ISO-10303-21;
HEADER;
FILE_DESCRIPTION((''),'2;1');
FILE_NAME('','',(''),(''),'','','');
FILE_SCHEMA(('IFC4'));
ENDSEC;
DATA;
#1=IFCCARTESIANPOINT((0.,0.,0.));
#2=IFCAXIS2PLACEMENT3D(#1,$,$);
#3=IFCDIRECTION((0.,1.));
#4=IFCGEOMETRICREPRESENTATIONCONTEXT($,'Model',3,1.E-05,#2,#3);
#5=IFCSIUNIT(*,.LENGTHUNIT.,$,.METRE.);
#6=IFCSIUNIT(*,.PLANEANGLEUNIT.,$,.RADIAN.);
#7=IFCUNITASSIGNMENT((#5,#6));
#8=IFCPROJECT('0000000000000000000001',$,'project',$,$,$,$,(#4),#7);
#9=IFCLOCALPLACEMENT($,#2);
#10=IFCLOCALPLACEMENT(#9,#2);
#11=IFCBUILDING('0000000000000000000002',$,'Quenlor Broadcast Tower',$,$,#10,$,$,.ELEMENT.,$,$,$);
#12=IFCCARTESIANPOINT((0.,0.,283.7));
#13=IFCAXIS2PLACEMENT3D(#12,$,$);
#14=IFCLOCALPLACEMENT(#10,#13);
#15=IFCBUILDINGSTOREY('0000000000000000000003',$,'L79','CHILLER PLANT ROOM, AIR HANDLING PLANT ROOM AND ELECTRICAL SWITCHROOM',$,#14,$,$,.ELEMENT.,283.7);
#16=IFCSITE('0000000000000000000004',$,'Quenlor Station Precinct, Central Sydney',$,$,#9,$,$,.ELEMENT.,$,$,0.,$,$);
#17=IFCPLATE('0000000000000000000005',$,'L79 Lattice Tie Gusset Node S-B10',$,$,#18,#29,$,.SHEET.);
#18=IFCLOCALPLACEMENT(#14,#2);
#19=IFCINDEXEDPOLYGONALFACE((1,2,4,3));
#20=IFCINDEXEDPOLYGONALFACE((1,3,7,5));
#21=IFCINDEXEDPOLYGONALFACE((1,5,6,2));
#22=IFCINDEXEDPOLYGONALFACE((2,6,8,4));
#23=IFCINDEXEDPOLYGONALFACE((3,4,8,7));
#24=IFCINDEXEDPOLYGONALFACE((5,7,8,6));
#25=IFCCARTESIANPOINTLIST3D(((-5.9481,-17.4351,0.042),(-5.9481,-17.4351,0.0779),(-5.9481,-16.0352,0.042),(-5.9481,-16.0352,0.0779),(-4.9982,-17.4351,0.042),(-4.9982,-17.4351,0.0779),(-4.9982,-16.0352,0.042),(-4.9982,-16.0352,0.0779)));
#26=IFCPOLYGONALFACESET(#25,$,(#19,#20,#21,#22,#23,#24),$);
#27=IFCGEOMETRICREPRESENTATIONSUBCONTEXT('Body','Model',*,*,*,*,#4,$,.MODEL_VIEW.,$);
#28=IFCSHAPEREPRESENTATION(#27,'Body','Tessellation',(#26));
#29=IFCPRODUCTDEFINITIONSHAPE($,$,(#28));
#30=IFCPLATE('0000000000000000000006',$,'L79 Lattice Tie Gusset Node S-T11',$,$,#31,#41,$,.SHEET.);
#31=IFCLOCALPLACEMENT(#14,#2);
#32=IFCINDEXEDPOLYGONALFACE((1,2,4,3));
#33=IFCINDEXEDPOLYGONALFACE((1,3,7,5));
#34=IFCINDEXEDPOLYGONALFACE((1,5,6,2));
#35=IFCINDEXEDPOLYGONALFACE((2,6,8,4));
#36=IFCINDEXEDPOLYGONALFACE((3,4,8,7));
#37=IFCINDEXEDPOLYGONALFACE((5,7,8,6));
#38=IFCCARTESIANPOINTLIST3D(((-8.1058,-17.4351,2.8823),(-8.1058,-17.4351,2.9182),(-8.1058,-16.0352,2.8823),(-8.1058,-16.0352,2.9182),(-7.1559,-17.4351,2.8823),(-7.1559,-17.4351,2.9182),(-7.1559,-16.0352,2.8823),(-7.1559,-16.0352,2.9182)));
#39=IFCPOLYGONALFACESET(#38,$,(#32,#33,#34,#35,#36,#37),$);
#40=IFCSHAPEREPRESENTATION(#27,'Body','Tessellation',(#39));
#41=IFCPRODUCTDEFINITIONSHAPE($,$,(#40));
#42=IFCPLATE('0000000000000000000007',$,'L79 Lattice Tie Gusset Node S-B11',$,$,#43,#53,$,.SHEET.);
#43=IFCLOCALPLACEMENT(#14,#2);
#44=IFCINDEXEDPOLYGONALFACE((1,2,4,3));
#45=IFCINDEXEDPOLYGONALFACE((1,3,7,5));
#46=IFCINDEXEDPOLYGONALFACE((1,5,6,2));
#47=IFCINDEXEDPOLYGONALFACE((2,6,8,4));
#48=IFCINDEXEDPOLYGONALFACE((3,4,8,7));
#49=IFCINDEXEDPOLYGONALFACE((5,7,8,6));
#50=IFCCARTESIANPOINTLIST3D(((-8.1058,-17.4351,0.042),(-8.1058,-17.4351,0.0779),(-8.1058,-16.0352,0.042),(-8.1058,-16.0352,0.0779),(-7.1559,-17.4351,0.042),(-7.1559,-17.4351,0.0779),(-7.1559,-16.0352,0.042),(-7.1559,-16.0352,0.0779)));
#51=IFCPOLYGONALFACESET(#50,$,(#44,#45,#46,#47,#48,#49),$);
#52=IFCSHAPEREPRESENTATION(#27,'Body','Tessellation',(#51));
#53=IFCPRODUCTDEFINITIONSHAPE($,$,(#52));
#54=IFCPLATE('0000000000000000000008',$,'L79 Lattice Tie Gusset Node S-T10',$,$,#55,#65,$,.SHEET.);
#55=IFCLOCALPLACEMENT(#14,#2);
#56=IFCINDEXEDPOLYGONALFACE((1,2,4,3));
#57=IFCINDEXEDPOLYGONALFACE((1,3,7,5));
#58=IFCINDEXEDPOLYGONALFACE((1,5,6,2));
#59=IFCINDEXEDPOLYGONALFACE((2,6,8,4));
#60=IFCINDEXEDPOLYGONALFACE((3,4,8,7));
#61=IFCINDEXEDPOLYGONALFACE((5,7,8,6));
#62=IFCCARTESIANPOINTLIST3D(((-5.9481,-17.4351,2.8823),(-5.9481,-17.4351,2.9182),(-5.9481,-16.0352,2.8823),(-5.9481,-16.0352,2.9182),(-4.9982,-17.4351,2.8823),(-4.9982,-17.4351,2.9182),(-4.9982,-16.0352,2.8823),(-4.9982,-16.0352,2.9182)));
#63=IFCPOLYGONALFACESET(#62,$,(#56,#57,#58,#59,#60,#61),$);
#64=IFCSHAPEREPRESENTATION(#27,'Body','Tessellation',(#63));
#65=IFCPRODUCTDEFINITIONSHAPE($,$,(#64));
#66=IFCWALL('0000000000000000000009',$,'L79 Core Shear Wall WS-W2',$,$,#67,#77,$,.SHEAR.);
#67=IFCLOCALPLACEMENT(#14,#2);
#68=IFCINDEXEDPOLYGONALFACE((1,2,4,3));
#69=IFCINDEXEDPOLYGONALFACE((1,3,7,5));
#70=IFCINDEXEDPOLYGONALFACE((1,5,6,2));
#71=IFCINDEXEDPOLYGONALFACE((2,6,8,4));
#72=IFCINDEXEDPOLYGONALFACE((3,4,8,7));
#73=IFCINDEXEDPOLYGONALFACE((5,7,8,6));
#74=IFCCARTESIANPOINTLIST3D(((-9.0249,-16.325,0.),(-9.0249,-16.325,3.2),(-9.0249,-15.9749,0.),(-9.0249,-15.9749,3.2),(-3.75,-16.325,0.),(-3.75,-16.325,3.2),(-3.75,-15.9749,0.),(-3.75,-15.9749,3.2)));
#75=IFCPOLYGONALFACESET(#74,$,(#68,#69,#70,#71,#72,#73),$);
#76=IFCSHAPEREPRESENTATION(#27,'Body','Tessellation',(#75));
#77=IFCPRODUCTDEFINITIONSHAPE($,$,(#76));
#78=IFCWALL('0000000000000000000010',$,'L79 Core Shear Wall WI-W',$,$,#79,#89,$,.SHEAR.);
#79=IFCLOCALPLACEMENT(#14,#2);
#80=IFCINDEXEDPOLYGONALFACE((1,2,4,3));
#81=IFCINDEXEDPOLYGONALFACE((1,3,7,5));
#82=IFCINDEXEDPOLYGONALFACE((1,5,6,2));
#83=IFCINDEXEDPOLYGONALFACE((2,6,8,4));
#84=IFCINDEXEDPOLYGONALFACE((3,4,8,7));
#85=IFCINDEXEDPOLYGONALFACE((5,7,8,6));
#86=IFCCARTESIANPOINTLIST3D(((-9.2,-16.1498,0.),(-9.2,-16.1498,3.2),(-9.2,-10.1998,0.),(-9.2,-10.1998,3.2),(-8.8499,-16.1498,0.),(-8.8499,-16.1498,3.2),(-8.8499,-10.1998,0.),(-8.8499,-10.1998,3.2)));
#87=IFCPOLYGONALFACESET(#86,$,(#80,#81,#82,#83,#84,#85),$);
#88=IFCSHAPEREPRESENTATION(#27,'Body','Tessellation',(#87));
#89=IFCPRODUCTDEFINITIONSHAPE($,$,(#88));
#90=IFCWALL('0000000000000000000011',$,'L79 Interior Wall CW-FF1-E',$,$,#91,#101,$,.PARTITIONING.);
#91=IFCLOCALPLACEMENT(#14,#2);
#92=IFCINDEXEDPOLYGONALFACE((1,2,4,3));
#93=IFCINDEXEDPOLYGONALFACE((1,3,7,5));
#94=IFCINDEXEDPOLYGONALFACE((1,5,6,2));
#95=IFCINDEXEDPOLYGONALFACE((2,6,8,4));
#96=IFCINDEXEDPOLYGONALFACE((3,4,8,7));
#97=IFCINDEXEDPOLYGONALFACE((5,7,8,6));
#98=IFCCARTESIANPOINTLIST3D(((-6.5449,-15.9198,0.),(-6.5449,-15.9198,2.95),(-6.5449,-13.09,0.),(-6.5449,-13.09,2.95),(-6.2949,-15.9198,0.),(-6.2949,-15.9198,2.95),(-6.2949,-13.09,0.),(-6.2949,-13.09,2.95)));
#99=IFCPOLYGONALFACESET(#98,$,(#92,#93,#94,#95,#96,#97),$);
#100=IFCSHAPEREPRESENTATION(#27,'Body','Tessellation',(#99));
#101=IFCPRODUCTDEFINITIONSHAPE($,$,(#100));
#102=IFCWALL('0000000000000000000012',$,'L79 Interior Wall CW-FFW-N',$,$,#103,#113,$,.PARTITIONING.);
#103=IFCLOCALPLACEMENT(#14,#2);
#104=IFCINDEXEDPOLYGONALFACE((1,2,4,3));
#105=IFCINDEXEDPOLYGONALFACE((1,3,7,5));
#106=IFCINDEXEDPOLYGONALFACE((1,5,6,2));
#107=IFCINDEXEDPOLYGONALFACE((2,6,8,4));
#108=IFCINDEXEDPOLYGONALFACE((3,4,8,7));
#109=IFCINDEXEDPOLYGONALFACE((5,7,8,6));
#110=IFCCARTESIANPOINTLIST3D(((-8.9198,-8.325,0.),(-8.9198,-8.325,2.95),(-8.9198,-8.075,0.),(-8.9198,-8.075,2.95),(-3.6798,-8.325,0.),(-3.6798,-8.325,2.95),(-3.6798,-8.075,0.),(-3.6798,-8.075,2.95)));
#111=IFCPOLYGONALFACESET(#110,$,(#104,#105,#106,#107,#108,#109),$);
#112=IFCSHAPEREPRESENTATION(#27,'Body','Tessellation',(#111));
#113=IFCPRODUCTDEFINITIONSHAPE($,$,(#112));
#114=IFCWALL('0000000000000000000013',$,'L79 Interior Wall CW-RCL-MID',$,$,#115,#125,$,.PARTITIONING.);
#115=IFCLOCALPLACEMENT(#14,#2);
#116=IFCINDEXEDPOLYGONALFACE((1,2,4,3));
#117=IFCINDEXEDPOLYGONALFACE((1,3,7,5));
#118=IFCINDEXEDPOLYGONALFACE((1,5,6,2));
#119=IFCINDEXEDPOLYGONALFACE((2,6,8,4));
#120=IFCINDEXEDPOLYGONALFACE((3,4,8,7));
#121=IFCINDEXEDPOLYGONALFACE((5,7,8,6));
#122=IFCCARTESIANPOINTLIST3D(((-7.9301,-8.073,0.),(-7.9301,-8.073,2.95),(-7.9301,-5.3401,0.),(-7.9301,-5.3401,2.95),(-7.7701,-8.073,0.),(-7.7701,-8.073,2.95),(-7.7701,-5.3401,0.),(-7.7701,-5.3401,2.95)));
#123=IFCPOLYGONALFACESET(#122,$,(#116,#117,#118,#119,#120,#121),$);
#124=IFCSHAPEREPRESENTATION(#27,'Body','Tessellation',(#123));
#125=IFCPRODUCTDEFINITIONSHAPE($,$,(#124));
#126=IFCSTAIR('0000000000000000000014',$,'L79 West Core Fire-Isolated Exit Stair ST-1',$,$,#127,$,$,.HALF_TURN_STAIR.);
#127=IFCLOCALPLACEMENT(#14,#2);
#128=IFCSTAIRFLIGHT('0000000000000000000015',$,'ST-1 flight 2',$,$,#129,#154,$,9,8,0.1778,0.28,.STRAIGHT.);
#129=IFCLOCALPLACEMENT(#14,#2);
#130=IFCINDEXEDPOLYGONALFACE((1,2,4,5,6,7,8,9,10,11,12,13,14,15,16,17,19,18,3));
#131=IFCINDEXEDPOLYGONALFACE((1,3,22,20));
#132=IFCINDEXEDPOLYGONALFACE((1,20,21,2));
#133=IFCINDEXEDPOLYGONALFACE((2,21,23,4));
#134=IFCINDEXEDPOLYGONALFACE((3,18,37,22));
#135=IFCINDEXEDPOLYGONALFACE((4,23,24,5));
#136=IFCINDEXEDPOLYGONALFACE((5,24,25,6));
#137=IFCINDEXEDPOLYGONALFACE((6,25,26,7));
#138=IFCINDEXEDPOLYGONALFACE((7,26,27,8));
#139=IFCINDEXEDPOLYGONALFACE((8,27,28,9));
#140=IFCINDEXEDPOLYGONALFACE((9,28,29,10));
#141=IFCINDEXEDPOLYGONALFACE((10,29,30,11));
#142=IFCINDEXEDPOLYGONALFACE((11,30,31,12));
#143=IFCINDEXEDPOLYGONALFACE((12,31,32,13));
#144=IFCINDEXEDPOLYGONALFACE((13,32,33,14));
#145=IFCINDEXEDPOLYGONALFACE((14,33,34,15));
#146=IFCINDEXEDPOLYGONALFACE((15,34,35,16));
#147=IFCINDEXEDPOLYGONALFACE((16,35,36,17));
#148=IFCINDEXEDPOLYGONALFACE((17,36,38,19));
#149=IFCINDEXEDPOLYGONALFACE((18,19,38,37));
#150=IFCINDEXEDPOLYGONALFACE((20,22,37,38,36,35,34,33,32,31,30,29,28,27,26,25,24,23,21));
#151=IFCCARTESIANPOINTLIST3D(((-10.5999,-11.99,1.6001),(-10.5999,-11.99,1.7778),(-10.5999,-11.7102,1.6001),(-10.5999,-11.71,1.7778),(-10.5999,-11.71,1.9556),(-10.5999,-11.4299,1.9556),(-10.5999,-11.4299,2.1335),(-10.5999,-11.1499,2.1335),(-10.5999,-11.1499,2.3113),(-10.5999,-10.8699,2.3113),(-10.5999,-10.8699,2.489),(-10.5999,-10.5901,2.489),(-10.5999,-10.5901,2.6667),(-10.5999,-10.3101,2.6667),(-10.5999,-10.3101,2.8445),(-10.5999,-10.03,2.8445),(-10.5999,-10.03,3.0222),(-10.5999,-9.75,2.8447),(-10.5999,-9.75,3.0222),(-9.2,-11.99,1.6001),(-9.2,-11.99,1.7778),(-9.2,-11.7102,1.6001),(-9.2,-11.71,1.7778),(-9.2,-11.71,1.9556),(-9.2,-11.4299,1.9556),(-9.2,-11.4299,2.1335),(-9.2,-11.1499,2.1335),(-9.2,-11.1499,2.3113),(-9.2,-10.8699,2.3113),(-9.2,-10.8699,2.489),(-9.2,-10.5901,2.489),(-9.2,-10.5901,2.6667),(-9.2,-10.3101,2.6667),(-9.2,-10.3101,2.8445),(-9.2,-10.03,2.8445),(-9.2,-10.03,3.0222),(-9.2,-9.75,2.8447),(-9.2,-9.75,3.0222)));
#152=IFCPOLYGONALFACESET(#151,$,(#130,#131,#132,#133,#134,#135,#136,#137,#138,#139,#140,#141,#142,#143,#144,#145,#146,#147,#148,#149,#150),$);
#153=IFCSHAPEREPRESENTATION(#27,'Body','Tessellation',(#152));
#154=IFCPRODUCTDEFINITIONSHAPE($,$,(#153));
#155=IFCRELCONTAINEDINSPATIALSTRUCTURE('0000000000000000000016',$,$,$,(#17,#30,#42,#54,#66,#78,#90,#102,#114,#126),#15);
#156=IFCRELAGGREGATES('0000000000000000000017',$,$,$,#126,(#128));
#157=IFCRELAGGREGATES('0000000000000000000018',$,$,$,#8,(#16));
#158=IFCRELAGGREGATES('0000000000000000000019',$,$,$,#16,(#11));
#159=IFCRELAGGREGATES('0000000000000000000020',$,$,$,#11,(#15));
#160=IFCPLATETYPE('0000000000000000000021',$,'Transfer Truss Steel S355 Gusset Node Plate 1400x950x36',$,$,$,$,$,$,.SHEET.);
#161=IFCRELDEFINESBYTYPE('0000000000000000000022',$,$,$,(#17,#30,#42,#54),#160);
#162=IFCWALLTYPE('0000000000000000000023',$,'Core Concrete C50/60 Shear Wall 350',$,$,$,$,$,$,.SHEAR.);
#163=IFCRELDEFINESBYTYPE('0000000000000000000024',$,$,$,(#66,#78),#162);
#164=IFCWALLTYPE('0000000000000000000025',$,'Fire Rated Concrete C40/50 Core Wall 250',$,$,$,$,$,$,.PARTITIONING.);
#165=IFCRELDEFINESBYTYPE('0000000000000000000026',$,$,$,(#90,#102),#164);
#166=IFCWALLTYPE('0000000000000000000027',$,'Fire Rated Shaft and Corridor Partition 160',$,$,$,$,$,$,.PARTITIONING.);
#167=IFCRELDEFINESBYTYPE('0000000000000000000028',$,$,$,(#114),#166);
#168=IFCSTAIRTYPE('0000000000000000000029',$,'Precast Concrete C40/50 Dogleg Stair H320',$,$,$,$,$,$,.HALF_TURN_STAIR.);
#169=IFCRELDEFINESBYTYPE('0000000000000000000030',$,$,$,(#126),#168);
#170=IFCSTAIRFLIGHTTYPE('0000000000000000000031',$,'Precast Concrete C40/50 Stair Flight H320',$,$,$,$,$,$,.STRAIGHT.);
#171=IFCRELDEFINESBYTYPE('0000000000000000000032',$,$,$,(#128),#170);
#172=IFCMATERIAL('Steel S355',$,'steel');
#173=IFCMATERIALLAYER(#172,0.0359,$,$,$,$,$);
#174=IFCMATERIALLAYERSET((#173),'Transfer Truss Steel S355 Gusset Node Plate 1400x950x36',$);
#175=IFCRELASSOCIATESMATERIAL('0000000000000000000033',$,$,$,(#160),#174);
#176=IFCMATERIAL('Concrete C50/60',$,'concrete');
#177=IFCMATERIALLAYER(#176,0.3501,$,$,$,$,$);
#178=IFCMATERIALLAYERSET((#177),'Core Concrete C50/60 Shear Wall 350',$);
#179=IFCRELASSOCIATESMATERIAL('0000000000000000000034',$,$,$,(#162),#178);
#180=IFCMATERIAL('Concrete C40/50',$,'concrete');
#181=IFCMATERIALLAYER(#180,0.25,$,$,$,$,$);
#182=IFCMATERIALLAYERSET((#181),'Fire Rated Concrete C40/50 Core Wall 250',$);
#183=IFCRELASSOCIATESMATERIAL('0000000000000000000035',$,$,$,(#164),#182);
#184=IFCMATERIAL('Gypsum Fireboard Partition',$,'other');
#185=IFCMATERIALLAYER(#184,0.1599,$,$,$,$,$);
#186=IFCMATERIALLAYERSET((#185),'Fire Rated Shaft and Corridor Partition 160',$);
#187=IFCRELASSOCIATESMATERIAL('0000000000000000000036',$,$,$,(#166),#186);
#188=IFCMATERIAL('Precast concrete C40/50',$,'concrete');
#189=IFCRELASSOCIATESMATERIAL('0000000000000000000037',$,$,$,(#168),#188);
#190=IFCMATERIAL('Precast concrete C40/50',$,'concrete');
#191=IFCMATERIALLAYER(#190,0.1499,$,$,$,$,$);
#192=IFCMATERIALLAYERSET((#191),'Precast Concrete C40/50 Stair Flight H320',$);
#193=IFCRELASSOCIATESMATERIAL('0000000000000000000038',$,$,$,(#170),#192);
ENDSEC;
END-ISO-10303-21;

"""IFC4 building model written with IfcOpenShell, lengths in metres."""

from ifc_helpers import new_model, si_unit, direction, frame, frame_2d, origin, origin_2d, place, context, subcontext, project, spatial, polyline, rectangle, outline, extrude, material, layer, layer_set, type_object, element, aggregate, save


model = new_model("IFC4")

# Units and contexts
model_context = context("Model", 3, precision=1e-05, world=origin(), true_north=direction((0.0, 1.0)))
body_context = subcontext(model_context, "Body", "Model", "MODEL_VIEW")
ifc_project = project(units=[si_unit("LENGTHUNIT", "METRE"), si_unit("PLANEANGLEUNIT", "RADIAN")], contexts=[model_context])

# Site, building, storey
site_placement = place(None, origin())
site = spatial("IfcSite", under=ifc_project, at=site_placement, Name="Quenlor Station Precinct, Central Sydney", CompositionType="ELEMENT", RefElevation=0.0)
building_placement = place(site_placement, origin())
building = spatial("IfcBuilding", under=site, at=building_placement, Name="Quenlor Broadcast Tower", CompositionType="ELEMENT")
storey_placement = place(building_placement, frame((0.0, 0.0, 283.7)))
storey = spatial("IfcBuildingStorey", under=building, at=storey_placement, Name="L79", Description="CHILLER PLANT ROOM, AIR HANDLING PLANT ROOM AND ELECTRICAL SWITCHROOM", CompositionType="ELEMENT", Elevation=283.7)

# Plates
ifc_material_1 = material(Name="Steel S355", Category="steel")
ifc_layer_1 = layer(ifc_material_1, 0.0359)
ifc_layer_set_1 = layer_set([ifc_layer_1], Name="Transfer Truss Steel S355 Gusset Node Plate 1400x950x36")
plate_type_1 = type_object("IfcPlateType", Name="Transfer Truss Steel S355 Gusset Node Plate 1400x950x36", PredefinedType="SHEET", material=ifc_layer_set_1)
for number, where, z_axis, x_axis, name in (
    (1, (-5.4731, -16.7351, 0.042), (0.0, 0.0, 1.0), (0.0, -1.0, 0.0), "L79 Lattice Tie Gusset Node S-B10"),
    (2, (-7.6309, -16.7351, 2.8823), (0.0, 0.0, 1.0), (0.0, -1.0, 0.0), "L79 Lattice Tie Gusset Node S-T11"),
    (3, (-7.6309, -16.7351, 0.042), (0.0, 0.0, 1.0), (0.0, -1.0, 0.0), "L79 Lattice Tie Gusset Node S-B11"),
    (4, (-5.4731, -16.7351, 2.8823), (0.0, 0.0, 1.0), (0.0, -1.0, 0.0), "L79 Lattice Tie Gusset Node S-T10"),
):
    element("IfcPlate", number, at=place(storey_placement, frame(where, z_axis=z_axis, x_axis=x_axis)), inside=storey, type_object=plate_type_1, Name=name, PredefinedType="SHEET", context=body_context, shape_type="SweptSolid", body=[
        extrude(rectangle(XDim=1.3999, YDim=0.95, at=origin_2d()), origin(), (0.0, 0.0, 1.0), 0.0359),
    ])

# Walls
ifc_material_2 = material(Name="Concrete C50/60", Category="concrete")
ifc_layer_2 = layer(ifc_material_2, 0.3501)
ifc_layer_set_2 = layer_set([ifc_layer_2], Name="Core Concrete C50/60 Shear Wall 350")
wall_type_1 = type_object("IfcWallType", Name="Core Concrete C50/60 Shear Wall 350", PredefinedType="SHEAR", material=ifc_layer_set_2)
wall_1_placement = place(storey_placement, frame((-9.0249, -16.1499, 0.0), z_axis=(0.0, 0.0, 1.0), x_axis=(1.0, 0.0, 0.0)))
element("IfcWall", 5, at=wall_1_placement, inside=storey, type_object=wall_type_1, Name="L79 Core Shear Wall WS-W2", PredefinedType="SHEAR", context=body_context, shape_type="SweptSolid", body=[
    extrude(rectangle(XDim=5.2749, YDim=0.3501, at=frame_2d((2.6375, 0.0))), origin(), (0.0, 0.0, 1.0), 3.2),
])
wall_2_placement = place(storey_placement, frame((-9.0249, -16.1499, 0.0), z_axis=(0.0, 0.0, 1.0), x_axis=(0.0, 1.0, 0.0)))
element("IfcWall", 6, at=wall_2_placement, inside=storey, type_object=wall_type_1, Name="L79 Core Shear Wall WI-W", PredefinedType="SHEAR", context=body_context, shape_type="SweptSolid", body=[
    extrude(rectangle(XDim=5.95, YDim=0.3501, at=frame_2d((2.9751, 0.0))), origin(), (0.0, 0.0, 1.0), 3.2),
])

# Shared definitions
ifc_material_3 = material(Name="Concrete C40/50", Category="concrete")
ifc_layer_3 = layer(ifc_material_3, 0.25)
ifc_layer_set_3 = layer_set([ifc_layer_3], Name="Fire Rated Concrete C40/50 Core Wall 250")
wall_type_2 = type_object("IfcWallType", Name="Fire Rated Concrete C40/50 Core Wall 250", PredefinedType="PARTITIONING", material=ifc_layer_set_3)

# Walls
wall_3_placement = place(storey_placement, frame((-6.4199, -15.9199, 0.0), z_axis=(0.0, 0.0, 1.0), x_axis=(0.0, 1.0, 0.0)))
element("IfcWall", 7, at=wall_3_placement, inside=storey, type_object=wall_type_2, Name="L79 Interior Wall CW-FF1-E", PredefinedType="PARTITIONING", context=body_context, shape_type="SweptSolid", body=[
    extrude(rectangle(XDim=2.8298, YDim=0.25, at=frame_2d((1.415, 0.0))), origin(), (0.0, 0.0, 1.0), 2.95),
])
wall_4_placement = place(storey_placement, frame((-8.9199, -8.2, 0.0), z_axis=(0.0, 0.0, 1.0), x_axis=(1.0, 0.0, 0.0)))
element("IfcWall", 8, at=wall_4_placement, inside=storey, type_object=wall_type_2, Name="L79 Interior Wall CW-FFW-N", PredefinedType="PARTITIONING", context=body_context, shape_type="SweptSolid", body=[
    extrude(rectangle(XDim=5.24, YDim=0.25, at=frame_2d((2.6201, 0.0))), origin(), (0.0, 0.0, 1.0), 2.95),
])
ifc_material_4 = material(Name="Gypsum Fireboard Partition", Category="other")
ifc_layer_4 = layer(ifc_material_4, 0.1599)
ifc_layer_set_4 = layer_set([ifc_layer_4], Name="Fire Rated Shaft and Corridor Partition 160")
wall_type_3 = type_object("IfcWallType", Name="Fire Rated Shaft and Corridor Partition 160", PredefinedType="PARTITIONING", material=ifc_layer_set_4)
wall_5_placement = place(storey_placement, frame((-7.8501, -8.073, 0.0), z_axis=(0.0, 0.0, 1.0), x_axis=(0.0, 1.0, 0.0)))
element("IfcWall", 9, at=wall_5_placement, inside=storey, type_object=wall_type_3, Name="L79 Interior Wall CW-RCL-MID", PredefinedType="PARTITIONING", context=body_context, shape_type="SweptSolid", body=[
    extrude(rectangle(XDim=2.7329, YDim=0.1599, at=frame_2d((1.3665, 0.0))), origin(), (0.0, 0.0, 1.0), 2.95),
])

# Stair, stair flight
ifc_material_5 = material(Name="Precast concrete C40/50", Category="concrete")
stair_type = type_object("IfcStairType", Name="Precast Concrete C40/50 Dogleg Stair H320", PredefinedType="HALF_TURN_STAIR", material=ifc_material_5)
stair_placement = place(storey_placement, origin())
stair = element("IfcStair", 10, at=stair_placement, inside=storey, type_object=stair_type, Name="L79 West Core Fire-Isolated Exit Stair ST-1", PredefinedType="HALF_TURN_STAIR")
ifc_material_6 = material(Name="Precast concrete C40/50", Category="concrete")
ifc_layer_5 = layer(ifc_material_6, 0.1499)
ifc_layer_set_5 = layer_set([ifc_layer_5], Name="Precast Concrete C40/50 Stair Flight H320")
stair_flight_type = type_object("IfcStairFlightType", Name="Precast Concrete C40/50 Stair Flight H320", PredefinedType="STRAIGHT", material=ifc_layer_set_5)
stair_flight_placement = place(storey_placement, frame((-9.8999, -11.99, 1.6001), z_axis=(0.0, 0.0, 1.0), x_axis=(0.0, 1.0, 0.0)))
stair_flight = element("IfcStairFlight", 11, at=stair_flight_placement, type_object=stair_flight_type, Name="ST-1 flight 2", NumberOfRisers=9, NumberOfTreads=8, PredefinedType="STRAIGHT", RiserHeight=0.1778, TreadLength=0.28, context=body_context, shape_type="SweptSolid", body=[
    extrude(outline(polyline([(0.0, 0.0), (0.0, 0.1777), (0.28, 0.1777), (0.28, 0.3555), (0.5601, 0.3555), (0.5601, 0.5334), (0.8401, 0.5334), (0.8401, 0.7112), (1.1201, 0.7112), (1.1201, 0.8889), (1.3999, 0.8889), (1.3999, 1.0667), (1.6799, 1.0667), (1.6799, 1.2444), (1.96, 1.2444), (1.96, 1.4221), (2.24, 1.4221), (2.24, 1.6001), (2.24, 1.2446), (0.2798, 0.0), (0.0, 0.0)])), frame((0.0, 0.7, 0.0), z_axis=(0.0, -1.0, 0.0), x_axis=(1.0, 0.0, 0.0)), (0.0, 0.0, 1.0), 1.3999),
])
aggregate(stair, [stair_flight])

save(model, "model.ifc")
